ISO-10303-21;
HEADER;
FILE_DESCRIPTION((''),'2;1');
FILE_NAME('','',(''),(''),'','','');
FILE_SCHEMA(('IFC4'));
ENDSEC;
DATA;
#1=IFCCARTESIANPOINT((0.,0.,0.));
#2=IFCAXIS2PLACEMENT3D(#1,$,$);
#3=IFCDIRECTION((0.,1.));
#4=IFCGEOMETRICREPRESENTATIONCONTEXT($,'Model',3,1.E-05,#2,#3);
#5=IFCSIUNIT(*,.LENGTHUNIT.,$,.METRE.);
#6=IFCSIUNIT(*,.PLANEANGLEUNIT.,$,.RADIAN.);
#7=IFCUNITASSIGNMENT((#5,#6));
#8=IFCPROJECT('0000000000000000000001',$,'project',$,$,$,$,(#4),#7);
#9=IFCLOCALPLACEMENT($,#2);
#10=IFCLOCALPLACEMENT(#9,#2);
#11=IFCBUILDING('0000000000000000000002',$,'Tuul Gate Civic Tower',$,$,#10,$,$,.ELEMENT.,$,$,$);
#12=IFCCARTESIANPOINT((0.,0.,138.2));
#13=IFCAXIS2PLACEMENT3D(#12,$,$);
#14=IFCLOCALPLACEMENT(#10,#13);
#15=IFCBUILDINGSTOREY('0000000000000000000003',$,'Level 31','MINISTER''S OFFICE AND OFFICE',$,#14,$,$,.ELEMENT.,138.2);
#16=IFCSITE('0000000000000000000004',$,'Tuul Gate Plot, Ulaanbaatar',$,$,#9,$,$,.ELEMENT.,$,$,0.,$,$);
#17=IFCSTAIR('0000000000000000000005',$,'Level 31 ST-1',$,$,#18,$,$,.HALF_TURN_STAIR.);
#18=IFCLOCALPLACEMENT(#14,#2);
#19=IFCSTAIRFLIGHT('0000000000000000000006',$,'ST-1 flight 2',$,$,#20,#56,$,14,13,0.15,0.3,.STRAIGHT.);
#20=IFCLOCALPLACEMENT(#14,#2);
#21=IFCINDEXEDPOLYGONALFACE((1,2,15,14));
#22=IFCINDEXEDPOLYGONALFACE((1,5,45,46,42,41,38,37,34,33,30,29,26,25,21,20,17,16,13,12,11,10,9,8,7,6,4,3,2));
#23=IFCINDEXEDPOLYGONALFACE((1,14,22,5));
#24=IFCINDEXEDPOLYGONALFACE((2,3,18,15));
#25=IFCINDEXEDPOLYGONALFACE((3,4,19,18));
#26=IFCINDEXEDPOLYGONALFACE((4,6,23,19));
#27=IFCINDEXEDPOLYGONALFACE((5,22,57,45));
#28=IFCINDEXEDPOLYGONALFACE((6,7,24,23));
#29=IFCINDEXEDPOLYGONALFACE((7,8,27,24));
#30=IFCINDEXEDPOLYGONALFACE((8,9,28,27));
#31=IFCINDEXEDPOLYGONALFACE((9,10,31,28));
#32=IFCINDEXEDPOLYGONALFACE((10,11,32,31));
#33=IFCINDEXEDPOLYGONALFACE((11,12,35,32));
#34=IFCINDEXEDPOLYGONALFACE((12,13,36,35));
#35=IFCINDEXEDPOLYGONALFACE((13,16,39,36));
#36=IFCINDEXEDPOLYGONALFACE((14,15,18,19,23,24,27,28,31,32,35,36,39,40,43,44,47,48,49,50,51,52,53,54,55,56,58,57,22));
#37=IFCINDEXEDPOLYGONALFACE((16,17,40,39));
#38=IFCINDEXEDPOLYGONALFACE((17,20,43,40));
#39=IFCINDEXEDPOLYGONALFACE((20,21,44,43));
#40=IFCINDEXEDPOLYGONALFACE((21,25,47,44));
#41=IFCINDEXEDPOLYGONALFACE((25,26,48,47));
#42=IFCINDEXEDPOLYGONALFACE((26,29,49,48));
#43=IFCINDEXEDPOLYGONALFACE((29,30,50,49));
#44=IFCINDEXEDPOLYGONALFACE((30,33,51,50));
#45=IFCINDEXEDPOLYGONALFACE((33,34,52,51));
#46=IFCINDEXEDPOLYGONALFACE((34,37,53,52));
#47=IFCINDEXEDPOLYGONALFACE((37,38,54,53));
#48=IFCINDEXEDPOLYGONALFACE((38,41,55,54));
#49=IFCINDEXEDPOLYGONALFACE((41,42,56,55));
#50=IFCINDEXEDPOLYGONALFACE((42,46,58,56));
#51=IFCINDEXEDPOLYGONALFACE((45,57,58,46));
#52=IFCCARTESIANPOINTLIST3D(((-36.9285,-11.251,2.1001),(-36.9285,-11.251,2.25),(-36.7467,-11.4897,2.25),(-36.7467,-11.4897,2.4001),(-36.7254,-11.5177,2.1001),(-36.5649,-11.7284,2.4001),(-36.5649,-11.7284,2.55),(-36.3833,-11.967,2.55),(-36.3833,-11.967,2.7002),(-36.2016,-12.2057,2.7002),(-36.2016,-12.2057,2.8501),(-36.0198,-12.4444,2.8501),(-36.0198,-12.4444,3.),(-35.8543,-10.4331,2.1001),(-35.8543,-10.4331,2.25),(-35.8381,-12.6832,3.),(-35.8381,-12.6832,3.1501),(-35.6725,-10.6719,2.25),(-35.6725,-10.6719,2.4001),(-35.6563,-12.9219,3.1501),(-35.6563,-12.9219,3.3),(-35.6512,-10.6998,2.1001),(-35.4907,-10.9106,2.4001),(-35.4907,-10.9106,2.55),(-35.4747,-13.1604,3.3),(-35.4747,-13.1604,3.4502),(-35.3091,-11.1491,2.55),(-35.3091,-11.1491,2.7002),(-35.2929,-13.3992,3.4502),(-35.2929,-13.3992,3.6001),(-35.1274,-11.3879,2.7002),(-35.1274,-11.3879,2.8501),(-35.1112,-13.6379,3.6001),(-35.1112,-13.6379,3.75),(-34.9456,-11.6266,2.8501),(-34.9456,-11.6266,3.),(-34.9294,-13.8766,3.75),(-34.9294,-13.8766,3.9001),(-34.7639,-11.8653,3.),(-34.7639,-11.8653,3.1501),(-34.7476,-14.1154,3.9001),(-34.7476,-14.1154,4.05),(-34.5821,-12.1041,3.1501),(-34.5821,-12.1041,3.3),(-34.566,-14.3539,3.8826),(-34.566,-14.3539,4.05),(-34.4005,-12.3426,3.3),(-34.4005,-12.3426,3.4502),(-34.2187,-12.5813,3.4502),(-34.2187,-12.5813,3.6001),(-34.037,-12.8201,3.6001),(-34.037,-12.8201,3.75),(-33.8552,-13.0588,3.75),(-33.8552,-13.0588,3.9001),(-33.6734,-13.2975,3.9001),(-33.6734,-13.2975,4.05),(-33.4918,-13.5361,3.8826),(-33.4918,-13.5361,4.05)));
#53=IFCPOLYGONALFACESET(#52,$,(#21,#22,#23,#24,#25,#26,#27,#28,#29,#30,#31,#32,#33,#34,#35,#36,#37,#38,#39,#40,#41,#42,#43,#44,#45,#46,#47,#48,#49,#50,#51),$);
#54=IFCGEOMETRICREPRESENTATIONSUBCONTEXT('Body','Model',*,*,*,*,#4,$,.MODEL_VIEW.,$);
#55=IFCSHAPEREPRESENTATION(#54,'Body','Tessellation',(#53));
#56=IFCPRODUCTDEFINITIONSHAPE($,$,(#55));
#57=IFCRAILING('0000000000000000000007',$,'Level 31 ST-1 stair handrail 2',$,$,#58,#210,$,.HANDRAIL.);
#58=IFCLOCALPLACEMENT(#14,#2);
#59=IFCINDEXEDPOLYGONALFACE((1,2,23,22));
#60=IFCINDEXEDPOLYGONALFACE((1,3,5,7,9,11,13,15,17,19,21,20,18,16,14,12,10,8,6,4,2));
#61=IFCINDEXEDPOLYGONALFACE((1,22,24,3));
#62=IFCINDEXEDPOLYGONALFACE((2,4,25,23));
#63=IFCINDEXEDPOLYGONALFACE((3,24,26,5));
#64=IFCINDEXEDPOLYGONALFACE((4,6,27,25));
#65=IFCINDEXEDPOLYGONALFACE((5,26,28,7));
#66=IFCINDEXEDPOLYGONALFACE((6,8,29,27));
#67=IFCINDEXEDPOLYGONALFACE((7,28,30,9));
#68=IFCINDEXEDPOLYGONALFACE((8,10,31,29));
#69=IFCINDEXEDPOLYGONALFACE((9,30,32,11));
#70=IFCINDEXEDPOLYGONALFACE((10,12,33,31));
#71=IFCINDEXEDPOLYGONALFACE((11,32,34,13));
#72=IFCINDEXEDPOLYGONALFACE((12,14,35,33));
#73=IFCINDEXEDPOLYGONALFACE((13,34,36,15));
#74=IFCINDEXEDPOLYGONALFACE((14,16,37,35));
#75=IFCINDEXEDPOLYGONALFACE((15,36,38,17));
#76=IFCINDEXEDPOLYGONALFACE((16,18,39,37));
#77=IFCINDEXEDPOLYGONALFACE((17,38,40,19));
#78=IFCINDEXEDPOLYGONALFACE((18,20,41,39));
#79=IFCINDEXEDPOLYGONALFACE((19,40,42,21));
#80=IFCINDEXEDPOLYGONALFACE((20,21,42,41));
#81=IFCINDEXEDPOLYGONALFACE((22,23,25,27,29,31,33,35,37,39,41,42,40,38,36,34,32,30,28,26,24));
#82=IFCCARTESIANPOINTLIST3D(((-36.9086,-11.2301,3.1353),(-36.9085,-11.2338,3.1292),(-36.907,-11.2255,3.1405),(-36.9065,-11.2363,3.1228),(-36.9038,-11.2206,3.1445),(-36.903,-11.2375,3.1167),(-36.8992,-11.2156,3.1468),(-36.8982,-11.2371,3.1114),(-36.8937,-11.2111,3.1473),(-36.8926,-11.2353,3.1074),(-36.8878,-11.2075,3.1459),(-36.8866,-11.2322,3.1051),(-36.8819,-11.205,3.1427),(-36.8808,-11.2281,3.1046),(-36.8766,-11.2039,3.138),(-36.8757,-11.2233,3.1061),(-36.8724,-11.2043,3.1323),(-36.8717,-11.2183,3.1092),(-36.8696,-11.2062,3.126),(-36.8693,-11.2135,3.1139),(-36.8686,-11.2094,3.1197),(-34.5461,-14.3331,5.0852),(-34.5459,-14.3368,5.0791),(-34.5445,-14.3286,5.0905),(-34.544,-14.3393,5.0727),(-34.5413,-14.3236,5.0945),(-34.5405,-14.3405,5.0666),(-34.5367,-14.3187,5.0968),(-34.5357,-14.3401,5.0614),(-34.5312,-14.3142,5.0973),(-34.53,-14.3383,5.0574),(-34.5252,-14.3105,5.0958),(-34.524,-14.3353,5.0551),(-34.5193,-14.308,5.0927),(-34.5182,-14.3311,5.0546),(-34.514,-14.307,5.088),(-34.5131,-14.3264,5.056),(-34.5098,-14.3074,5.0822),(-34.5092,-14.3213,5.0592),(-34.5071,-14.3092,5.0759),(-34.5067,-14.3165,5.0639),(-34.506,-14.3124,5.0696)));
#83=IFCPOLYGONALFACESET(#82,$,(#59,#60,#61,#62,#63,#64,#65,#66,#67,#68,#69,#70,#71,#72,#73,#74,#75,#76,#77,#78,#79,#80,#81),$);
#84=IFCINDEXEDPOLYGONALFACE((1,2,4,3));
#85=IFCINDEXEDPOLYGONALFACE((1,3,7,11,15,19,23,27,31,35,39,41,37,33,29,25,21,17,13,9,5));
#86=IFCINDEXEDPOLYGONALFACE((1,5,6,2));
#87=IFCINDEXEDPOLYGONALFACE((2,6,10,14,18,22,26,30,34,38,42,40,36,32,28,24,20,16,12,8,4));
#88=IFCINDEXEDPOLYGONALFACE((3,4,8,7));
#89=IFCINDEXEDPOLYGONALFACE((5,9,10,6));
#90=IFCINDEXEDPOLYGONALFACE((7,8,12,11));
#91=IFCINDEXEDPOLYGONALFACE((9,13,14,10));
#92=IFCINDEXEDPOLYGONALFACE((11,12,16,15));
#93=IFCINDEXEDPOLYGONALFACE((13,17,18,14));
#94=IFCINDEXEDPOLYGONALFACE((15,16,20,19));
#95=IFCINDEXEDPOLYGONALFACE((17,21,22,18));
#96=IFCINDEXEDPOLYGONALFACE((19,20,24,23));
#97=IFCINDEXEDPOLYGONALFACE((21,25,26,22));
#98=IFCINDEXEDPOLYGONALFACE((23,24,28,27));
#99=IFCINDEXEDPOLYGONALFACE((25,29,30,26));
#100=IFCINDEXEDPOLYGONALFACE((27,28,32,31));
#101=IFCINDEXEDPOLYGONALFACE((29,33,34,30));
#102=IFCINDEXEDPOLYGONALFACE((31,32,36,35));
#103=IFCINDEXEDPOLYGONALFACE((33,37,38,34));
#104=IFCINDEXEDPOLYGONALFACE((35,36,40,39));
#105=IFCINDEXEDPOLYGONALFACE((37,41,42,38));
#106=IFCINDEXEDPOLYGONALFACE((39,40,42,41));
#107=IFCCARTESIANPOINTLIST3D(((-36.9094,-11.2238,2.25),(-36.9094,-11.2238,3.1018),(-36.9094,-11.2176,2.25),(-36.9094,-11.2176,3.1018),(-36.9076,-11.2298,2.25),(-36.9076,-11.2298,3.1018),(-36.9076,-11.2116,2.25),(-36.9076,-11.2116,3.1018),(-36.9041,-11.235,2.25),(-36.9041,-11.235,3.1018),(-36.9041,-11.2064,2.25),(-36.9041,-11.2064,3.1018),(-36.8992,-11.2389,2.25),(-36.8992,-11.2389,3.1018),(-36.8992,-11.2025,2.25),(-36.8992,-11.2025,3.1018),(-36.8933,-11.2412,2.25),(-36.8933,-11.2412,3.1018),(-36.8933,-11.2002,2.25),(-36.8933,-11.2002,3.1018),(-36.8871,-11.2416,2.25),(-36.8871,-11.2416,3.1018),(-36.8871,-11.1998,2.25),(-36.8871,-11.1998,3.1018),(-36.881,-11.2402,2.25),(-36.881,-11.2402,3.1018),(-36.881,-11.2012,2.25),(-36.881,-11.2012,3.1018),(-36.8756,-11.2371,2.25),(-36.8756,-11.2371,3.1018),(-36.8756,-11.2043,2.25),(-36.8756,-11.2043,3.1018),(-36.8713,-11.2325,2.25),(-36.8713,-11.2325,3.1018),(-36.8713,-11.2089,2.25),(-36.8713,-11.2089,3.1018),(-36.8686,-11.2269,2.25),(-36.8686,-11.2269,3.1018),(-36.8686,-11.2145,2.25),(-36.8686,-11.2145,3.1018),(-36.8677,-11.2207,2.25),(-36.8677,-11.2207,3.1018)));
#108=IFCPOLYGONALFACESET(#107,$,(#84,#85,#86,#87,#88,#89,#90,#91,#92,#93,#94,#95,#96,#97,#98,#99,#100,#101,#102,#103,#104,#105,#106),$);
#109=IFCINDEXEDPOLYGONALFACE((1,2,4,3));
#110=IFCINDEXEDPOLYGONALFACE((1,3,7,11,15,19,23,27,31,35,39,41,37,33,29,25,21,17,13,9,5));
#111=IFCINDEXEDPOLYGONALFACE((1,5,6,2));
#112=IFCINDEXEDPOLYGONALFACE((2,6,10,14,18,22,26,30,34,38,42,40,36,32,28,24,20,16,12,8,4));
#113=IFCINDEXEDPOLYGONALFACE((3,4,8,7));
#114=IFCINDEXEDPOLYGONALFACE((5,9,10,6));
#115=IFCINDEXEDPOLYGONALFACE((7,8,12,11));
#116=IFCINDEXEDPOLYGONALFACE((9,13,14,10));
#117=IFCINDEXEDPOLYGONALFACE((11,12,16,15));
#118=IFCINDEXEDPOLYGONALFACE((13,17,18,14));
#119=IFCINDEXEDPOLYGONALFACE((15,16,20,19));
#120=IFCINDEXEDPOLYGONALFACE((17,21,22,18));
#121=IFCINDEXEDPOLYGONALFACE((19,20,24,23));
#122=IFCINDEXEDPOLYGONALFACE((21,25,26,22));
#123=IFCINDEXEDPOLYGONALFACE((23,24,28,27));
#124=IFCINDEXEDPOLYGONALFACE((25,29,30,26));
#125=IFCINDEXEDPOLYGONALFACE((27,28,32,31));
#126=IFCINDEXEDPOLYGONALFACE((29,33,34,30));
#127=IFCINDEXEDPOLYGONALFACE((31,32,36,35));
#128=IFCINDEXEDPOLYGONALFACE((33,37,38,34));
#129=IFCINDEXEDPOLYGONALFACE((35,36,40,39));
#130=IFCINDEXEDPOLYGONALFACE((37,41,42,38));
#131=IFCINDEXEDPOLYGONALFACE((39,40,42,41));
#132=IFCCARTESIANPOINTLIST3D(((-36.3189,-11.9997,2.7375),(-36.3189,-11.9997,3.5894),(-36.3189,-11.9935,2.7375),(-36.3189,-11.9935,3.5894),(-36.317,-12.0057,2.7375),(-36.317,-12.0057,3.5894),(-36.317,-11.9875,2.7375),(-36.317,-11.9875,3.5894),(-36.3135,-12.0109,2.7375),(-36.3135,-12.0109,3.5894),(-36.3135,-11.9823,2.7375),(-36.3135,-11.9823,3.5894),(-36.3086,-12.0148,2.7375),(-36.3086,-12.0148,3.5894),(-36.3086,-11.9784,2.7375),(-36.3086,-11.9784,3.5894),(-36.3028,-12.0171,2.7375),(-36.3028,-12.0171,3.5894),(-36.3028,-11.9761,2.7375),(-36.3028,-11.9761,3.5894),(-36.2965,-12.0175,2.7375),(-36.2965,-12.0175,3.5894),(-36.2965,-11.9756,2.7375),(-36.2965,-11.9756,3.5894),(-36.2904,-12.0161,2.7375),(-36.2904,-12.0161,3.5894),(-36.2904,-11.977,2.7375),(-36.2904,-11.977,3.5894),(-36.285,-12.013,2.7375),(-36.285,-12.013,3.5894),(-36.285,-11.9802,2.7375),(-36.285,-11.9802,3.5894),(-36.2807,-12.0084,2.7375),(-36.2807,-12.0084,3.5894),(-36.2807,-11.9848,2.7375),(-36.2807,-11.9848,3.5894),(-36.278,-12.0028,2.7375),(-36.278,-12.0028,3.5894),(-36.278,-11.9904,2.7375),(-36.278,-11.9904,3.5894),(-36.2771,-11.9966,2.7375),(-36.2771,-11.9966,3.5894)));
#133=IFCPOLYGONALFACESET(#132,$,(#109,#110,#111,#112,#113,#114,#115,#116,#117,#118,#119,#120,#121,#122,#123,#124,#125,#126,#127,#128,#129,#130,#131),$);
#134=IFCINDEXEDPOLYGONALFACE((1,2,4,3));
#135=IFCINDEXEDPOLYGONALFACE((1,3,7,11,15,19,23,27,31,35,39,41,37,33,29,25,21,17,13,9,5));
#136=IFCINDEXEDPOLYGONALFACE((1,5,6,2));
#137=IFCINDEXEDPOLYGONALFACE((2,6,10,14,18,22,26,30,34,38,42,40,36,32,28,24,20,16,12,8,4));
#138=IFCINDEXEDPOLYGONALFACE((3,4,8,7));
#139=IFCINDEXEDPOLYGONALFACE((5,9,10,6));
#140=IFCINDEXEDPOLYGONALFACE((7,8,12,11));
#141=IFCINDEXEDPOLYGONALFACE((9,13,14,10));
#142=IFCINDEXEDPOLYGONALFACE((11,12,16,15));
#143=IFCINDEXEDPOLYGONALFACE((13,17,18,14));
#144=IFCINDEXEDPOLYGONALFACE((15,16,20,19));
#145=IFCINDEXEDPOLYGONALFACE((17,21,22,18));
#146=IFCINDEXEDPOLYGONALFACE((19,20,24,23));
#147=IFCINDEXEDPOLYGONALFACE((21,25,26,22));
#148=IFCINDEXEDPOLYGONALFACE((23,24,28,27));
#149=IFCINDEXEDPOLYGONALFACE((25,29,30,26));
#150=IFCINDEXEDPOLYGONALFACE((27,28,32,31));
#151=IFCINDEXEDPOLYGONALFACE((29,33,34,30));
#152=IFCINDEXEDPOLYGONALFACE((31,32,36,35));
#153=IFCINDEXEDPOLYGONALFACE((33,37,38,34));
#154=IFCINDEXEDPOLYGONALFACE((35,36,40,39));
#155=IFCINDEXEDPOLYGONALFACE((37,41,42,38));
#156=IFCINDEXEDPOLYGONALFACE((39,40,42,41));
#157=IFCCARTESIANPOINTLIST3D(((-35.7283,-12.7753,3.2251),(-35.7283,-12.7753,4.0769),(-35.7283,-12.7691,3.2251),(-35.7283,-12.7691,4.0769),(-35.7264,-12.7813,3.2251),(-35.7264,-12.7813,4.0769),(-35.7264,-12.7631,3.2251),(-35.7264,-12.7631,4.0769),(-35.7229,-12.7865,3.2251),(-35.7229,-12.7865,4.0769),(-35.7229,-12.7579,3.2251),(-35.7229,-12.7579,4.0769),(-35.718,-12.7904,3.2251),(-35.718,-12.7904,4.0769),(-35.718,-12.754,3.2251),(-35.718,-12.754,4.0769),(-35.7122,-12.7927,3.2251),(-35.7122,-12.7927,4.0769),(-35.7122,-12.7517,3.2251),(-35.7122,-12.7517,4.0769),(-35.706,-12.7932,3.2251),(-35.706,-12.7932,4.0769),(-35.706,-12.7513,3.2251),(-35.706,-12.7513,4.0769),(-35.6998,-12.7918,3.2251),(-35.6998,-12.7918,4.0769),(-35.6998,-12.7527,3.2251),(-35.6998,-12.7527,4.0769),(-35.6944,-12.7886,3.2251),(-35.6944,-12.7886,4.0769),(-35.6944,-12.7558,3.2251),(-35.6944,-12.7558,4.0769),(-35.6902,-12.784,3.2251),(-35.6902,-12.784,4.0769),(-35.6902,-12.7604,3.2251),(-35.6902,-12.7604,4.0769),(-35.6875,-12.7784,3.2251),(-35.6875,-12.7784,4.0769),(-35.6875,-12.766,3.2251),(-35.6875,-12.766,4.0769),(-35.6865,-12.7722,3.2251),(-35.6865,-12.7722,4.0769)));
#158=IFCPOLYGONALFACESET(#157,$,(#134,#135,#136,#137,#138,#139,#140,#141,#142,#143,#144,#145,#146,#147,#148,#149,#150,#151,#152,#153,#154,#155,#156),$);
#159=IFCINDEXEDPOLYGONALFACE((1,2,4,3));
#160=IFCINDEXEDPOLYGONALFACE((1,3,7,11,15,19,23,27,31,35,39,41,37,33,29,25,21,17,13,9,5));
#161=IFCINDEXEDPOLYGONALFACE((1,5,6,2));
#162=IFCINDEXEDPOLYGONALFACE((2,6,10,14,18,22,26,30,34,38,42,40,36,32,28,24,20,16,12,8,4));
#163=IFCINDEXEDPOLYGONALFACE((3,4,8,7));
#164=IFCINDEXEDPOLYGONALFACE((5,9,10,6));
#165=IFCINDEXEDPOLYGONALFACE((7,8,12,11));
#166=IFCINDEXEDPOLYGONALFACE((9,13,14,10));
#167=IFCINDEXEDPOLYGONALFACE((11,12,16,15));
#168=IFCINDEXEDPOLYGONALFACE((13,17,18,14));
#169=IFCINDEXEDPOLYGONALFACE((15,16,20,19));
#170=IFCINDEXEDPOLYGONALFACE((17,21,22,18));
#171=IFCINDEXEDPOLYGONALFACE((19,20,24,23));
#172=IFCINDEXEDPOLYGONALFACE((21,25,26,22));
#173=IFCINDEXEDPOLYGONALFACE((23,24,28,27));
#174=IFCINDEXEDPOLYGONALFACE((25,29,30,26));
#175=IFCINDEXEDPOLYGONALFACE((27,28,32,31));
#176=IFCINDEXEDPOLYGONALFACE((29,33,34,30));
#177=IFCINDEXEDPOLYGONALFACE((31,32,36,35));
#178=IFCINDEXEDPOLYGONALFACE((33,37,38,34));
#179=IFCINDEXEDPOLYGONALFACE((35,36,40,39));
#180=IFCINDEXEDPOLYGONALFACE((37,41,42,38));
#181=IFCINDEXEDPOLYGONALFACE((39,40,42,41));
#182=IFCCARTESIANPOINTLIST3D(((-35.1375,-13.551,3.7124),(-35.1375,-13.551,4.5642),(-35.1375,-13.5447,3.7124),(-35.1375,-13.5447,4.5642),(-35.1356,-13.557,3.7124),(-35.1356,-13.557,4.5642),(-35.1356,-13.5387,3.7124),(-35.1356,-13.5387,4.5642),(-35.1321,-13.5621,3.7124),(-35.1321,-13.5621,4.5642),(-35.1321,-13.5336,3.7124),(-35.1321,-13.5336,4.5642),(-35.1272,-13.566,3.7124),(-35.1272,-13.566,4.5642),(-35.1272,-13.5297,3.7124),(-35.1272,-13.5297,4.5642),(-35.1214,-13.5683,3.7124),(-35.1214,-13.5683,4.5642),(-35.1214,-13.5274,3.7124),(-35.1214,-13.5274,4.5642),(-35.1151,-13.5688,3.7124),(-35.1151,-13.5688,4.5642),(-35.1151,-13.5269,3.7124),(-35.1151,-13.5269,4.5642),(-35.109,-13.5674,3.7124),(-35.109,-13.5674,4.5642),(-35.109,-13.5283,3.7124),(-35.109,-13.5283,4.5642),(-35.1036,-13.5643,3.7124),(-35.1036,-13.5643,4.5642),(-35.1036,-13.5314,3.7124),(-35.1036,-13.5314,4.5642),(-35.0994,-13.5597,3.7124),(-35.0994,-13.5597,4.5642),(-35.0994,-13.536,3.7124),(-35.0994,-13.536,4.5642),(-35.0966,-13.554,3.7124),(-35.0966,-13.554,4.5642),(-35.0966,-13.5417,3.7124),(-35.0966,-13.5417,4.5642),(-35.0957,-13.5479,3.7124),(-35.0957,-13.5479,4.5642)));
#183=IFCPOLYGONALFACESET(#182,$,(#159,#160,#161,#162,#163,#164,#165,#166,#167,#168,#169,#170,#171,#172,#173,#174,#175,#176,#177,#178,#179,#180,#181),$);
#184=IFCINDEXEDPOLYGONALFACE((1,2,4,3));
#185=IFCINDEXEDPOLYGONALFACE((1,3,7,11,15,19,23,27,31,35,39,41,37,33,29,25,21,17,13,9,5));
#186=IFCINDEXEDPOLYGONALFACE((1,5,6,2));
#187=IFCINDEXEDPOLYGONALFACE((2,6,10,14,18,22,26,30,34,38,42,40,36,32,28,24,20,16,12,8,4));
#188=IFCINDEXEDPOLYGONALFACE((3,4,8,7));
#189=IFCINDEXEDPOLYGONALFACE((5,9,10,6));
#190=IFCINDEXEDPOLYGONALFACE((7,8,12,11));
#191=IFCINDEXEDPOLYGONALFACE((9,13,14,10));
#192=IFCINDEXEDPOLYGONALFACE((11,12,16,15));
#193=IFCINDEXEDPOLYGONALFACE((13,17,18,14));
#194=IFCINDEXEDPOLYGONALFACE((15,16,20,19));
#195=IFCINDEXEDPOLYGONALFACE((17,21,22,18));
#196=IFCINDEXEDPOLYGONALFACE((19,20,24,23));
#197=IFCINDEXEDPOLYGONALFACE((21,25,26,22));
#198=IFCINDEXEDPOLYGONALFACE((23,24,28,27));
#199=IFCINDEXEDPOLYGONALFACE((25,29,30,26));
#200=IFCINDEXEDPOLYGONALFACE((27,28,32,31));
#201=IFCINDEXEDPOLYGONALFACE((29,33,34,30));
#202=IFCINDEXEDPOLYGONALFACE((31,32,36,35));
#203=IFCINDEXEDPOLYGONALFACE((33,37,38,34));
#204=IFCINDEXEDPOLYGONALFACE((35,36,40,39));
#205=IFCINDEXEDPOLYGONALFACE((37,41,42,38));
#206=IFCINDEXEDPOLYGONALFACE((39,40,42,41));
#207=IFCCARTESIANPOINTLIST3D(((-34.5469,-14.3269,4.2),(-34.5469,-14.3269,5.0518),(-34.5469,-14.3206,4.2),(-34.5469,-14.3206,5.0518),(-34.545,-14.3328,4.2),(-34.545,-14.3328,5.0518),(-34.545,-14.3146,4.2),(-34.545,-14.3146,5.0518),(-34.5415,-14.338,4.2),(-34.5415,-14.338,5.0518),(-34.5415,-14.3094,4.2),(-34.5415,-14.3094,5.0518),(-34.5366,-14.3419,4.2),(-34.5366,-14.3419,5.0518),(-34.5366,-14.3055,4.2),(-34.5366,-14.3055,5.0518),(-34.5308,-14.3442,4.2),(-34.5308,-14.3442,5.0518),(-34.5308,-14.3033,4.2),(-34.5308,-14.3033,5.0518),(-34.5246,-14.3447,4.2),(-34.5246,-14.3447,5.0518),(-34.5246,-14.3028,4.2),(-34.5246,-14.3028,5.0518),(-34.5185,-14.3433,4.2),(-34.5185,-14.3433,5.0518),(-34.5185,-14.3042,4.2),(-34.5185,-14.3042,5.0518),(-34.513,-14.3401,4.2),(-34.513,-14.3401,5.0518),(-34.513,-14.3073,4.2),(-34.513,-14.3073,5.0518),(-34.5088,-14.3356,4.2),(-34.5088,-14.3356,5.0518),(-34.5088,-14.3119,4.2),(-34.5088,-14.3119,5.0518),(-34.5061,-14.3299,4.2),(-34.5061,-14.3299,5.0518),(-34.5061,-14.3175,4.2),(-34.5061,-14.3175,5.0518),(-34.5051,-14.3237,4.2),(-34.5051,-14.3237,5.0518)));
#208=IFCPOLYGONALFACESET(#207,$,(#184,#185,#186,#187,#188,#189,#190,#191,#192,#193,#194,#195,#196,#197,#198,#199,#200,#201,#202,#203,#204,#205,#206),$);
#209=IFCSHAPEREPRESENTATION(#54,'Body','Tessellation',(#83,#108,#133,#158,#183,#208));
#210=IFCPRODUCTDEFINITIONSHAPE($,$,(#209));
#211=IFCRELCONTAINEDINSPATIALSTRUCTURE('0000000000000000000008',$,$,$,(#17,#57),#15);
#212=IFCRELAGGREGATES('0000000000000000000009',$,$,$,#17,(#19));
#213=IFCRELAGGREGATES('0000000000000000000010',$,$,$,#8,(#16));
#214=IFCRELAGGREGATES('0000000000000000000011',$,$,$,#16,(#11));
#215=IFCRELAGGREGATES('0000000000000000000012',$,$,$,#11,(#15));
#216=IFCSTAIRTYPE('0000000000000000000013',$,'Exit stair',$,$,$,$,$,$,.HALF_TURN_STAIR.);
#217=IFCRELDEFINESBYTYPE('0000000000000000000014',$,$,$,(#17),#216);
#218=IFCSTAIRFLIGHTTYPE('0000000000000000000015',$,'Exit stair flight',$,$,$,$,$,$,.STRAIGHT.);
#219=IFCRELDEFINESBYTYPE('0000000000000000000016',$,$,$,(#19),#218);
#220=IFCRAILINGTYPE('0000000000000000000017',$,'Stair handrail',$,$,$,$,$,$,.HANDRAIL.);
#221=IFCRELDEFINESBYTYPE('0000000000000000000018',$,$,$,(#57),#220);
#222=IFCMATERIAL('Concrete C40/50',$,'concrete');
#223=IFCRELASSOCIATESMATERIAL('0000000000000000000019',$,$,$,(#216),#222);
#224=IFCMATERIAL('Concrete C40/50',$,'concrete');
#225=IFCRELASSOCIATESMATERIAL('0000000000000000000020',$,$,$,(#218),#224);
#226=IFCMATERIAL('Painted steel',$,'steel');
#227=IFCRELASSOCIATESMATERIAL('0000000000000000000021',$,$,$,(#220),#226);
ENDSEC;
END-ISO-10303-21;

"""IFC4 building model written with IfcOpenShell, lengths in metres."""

from ifc_helpers import new_model, si_unit, direction, frame, origin, origin_2d, place, context, subcontext, project, spatial, polyline, circle, outline, extrude, material, type_object, element, aggregate, save


model = new_model("IFC4")

# Units and contexts
model_context = context("Model", 3, precision=1e-05, world=origin(), true_north=direction((0.0, 1.0)))
body_context = subcontext(model_context, "Body", "Model", "MODEL_VIEW")
ifc_project = project(units=[si_unit("LENGTHUNIT", "METRE"), si_unit("PLANEANGLEUNIT", "RADIAN")], contexts=[model_context])

# Site, building, storey
site_placement = place(None, origin())
site = spatial("IfcSite", under=ifc_project, at=site_placement, Name="Tuul Gate Plot, Ulaanbaatar", CompositionType="ELEMENT", RefElevation=0.0)
building_placement = place(site_placement, origin())
building = spatial("IfcBuilding", under=site, at=building_placement, Name="Tuul Gate Civic Tower", CompositionType="ELEMENT")
storey_placement = place(building_placement, frame((0.0, 0.0, 138.2)))
storey = spatial("IfcBuildingStorey", under=building, at=storey_placement, Name="Level 31", Description="MINISTER'S OFFICE AND OFFICE", CompositionType="ELEMENT", Elevation=138.2)

# Stair, stair flight
ifc_material_1 = material(Name="Concrete C40/50", Category="concrete")
stair_type = type_object("IfcStairType", Name="Exit stair", PredefinedType="HALF_TURN_STAIR", material=ifc_material_1)
stair_placement = place(storey_placement, origin())
stair = element("IfcStair", 1, at=stair_placement, inside=storey, type_object=stair_type, Name="Level 31 ST-1", PredefinedType="HALF_TURN_STAIR")
ifc_material_2 = material(Name="Concrete C40/50", Category="concrete")
stair_flight_type = type_object("IfcStairFlightType", Name="Exit stair flight", PredefinedType="STRAIGHT", material=ifc_material_2)
stair_flight_1_placement = place(storey_placement, frame((-36.3914, -10.842, 2.1001), z_axis=(0.0, 0.0, 1.0), x_axis=(0.605764, -0.795644, 0.0)))
stair_flight_1 = element("IfcStairFlight", 2, at=stair_flight_1_placement, type_object=stair_flight_type, Name="ST-1 flight 2", NumberOfRisers=14, NumberOfTreads=13, PredefinedType="STRAIGHT", RiserHeight=0.15, TreadLength=0.3, context=body_context, shape_type="SweptSolid", body=[
    extrude(outline(polyline([(0.0, 0.0), (0.0, 0.1499), (0.3, 0.1499), (0.3, 0.3), (0.6001, 0.3), (0.6001, 0.45), (0.8999, 0.45), (0.8999, 0.6001), (1.2, 0.6001), (1.2, 0.75), (1.5, 0.75), (1.5, 0.8999), (1.8, 0.8999), (1.8, 1.05), (2.1001, 1.05), (2.1001, 1.2), (2.3999, 1.2), (2.3999, 1.3501), (2.7, 1.3501), (2.7, 1.5), (3.0, 1.5), (3.0, 1.6499), (3.3, 1.6499), (3.3, 1.8), (3.6001, 1.8), (3.6001, 1.95), (3.8999, 1.95), (3.8999, 2.1001), (3.8999, 1.7825), (0.3352, 0.0), (0.0, 0.0)])), frame((0.0, 0.675, 0.0), z_axis=(0.0, -1.0, 0.0), x_axis=(1.0, 0.0, 0.0)), (0.0, 0.0, 1.0), 1.3501),
])
aggregate(stair, [stair_flight_1])

# Railing
ifc_material_3 = material(Name="Painted steel", Category="steel")
railing_type_1 = type_object("IfcRailingType", Name="Stair handrail", PredefinedType="HANDRAIL", material=ifc_material_3)
railing_1_placement = place(storey_placement, frame((-36.8887, -11.2207, 2.25)))
element("IfcRailing", 3, at=railing_1_placement, inside=storey, type_object=railing_type_1, Name="Level 31 ST-1 stair handrail 2", PredefinedType="HANDRAIL", context=body_context, shape_type="SweptSolid", body=[
    extrude(circle(Radius=0.0239, at=origin_2d()), frame((0.0, 0.0, 0.876), z_axis=(0.541824, -0.711645, 0.4472), x_axis=(0.795637, 0.605773, 0.0)), (0.0, 0.0, 1.0), 4.3604),
    extrude(circle(Radius=0.021, at=origin_2d()), origin(), (0.0, 0.0, 1.0), 0.8518),
    extrude(circle(Radius=0.021, at=origin_2d()), frame((0.5906, -0.7759, 0.4875)), (0.0, 0.0, 1.0), 0.8518),
    extrude(circle(Radius=0.021, at=origin_2d()), frame((1.1812, -1.5515, 0.9751)), (0.0, 0.0, 1.0), 0.8518),
    extrude(circle(Radius=0.021, at=origin_2d()), frame((1.772, -2.3271, 1.4624)), (0.0, 0.0, 1.0), 0.8518),
    extrude(circle(Radius=0.021, at=origin_2d()), frame((2.3625, -3.103, 1.95)), (0.0, 0.0, 1.0), 0.8518),
])

save(model, "model.ifc")
